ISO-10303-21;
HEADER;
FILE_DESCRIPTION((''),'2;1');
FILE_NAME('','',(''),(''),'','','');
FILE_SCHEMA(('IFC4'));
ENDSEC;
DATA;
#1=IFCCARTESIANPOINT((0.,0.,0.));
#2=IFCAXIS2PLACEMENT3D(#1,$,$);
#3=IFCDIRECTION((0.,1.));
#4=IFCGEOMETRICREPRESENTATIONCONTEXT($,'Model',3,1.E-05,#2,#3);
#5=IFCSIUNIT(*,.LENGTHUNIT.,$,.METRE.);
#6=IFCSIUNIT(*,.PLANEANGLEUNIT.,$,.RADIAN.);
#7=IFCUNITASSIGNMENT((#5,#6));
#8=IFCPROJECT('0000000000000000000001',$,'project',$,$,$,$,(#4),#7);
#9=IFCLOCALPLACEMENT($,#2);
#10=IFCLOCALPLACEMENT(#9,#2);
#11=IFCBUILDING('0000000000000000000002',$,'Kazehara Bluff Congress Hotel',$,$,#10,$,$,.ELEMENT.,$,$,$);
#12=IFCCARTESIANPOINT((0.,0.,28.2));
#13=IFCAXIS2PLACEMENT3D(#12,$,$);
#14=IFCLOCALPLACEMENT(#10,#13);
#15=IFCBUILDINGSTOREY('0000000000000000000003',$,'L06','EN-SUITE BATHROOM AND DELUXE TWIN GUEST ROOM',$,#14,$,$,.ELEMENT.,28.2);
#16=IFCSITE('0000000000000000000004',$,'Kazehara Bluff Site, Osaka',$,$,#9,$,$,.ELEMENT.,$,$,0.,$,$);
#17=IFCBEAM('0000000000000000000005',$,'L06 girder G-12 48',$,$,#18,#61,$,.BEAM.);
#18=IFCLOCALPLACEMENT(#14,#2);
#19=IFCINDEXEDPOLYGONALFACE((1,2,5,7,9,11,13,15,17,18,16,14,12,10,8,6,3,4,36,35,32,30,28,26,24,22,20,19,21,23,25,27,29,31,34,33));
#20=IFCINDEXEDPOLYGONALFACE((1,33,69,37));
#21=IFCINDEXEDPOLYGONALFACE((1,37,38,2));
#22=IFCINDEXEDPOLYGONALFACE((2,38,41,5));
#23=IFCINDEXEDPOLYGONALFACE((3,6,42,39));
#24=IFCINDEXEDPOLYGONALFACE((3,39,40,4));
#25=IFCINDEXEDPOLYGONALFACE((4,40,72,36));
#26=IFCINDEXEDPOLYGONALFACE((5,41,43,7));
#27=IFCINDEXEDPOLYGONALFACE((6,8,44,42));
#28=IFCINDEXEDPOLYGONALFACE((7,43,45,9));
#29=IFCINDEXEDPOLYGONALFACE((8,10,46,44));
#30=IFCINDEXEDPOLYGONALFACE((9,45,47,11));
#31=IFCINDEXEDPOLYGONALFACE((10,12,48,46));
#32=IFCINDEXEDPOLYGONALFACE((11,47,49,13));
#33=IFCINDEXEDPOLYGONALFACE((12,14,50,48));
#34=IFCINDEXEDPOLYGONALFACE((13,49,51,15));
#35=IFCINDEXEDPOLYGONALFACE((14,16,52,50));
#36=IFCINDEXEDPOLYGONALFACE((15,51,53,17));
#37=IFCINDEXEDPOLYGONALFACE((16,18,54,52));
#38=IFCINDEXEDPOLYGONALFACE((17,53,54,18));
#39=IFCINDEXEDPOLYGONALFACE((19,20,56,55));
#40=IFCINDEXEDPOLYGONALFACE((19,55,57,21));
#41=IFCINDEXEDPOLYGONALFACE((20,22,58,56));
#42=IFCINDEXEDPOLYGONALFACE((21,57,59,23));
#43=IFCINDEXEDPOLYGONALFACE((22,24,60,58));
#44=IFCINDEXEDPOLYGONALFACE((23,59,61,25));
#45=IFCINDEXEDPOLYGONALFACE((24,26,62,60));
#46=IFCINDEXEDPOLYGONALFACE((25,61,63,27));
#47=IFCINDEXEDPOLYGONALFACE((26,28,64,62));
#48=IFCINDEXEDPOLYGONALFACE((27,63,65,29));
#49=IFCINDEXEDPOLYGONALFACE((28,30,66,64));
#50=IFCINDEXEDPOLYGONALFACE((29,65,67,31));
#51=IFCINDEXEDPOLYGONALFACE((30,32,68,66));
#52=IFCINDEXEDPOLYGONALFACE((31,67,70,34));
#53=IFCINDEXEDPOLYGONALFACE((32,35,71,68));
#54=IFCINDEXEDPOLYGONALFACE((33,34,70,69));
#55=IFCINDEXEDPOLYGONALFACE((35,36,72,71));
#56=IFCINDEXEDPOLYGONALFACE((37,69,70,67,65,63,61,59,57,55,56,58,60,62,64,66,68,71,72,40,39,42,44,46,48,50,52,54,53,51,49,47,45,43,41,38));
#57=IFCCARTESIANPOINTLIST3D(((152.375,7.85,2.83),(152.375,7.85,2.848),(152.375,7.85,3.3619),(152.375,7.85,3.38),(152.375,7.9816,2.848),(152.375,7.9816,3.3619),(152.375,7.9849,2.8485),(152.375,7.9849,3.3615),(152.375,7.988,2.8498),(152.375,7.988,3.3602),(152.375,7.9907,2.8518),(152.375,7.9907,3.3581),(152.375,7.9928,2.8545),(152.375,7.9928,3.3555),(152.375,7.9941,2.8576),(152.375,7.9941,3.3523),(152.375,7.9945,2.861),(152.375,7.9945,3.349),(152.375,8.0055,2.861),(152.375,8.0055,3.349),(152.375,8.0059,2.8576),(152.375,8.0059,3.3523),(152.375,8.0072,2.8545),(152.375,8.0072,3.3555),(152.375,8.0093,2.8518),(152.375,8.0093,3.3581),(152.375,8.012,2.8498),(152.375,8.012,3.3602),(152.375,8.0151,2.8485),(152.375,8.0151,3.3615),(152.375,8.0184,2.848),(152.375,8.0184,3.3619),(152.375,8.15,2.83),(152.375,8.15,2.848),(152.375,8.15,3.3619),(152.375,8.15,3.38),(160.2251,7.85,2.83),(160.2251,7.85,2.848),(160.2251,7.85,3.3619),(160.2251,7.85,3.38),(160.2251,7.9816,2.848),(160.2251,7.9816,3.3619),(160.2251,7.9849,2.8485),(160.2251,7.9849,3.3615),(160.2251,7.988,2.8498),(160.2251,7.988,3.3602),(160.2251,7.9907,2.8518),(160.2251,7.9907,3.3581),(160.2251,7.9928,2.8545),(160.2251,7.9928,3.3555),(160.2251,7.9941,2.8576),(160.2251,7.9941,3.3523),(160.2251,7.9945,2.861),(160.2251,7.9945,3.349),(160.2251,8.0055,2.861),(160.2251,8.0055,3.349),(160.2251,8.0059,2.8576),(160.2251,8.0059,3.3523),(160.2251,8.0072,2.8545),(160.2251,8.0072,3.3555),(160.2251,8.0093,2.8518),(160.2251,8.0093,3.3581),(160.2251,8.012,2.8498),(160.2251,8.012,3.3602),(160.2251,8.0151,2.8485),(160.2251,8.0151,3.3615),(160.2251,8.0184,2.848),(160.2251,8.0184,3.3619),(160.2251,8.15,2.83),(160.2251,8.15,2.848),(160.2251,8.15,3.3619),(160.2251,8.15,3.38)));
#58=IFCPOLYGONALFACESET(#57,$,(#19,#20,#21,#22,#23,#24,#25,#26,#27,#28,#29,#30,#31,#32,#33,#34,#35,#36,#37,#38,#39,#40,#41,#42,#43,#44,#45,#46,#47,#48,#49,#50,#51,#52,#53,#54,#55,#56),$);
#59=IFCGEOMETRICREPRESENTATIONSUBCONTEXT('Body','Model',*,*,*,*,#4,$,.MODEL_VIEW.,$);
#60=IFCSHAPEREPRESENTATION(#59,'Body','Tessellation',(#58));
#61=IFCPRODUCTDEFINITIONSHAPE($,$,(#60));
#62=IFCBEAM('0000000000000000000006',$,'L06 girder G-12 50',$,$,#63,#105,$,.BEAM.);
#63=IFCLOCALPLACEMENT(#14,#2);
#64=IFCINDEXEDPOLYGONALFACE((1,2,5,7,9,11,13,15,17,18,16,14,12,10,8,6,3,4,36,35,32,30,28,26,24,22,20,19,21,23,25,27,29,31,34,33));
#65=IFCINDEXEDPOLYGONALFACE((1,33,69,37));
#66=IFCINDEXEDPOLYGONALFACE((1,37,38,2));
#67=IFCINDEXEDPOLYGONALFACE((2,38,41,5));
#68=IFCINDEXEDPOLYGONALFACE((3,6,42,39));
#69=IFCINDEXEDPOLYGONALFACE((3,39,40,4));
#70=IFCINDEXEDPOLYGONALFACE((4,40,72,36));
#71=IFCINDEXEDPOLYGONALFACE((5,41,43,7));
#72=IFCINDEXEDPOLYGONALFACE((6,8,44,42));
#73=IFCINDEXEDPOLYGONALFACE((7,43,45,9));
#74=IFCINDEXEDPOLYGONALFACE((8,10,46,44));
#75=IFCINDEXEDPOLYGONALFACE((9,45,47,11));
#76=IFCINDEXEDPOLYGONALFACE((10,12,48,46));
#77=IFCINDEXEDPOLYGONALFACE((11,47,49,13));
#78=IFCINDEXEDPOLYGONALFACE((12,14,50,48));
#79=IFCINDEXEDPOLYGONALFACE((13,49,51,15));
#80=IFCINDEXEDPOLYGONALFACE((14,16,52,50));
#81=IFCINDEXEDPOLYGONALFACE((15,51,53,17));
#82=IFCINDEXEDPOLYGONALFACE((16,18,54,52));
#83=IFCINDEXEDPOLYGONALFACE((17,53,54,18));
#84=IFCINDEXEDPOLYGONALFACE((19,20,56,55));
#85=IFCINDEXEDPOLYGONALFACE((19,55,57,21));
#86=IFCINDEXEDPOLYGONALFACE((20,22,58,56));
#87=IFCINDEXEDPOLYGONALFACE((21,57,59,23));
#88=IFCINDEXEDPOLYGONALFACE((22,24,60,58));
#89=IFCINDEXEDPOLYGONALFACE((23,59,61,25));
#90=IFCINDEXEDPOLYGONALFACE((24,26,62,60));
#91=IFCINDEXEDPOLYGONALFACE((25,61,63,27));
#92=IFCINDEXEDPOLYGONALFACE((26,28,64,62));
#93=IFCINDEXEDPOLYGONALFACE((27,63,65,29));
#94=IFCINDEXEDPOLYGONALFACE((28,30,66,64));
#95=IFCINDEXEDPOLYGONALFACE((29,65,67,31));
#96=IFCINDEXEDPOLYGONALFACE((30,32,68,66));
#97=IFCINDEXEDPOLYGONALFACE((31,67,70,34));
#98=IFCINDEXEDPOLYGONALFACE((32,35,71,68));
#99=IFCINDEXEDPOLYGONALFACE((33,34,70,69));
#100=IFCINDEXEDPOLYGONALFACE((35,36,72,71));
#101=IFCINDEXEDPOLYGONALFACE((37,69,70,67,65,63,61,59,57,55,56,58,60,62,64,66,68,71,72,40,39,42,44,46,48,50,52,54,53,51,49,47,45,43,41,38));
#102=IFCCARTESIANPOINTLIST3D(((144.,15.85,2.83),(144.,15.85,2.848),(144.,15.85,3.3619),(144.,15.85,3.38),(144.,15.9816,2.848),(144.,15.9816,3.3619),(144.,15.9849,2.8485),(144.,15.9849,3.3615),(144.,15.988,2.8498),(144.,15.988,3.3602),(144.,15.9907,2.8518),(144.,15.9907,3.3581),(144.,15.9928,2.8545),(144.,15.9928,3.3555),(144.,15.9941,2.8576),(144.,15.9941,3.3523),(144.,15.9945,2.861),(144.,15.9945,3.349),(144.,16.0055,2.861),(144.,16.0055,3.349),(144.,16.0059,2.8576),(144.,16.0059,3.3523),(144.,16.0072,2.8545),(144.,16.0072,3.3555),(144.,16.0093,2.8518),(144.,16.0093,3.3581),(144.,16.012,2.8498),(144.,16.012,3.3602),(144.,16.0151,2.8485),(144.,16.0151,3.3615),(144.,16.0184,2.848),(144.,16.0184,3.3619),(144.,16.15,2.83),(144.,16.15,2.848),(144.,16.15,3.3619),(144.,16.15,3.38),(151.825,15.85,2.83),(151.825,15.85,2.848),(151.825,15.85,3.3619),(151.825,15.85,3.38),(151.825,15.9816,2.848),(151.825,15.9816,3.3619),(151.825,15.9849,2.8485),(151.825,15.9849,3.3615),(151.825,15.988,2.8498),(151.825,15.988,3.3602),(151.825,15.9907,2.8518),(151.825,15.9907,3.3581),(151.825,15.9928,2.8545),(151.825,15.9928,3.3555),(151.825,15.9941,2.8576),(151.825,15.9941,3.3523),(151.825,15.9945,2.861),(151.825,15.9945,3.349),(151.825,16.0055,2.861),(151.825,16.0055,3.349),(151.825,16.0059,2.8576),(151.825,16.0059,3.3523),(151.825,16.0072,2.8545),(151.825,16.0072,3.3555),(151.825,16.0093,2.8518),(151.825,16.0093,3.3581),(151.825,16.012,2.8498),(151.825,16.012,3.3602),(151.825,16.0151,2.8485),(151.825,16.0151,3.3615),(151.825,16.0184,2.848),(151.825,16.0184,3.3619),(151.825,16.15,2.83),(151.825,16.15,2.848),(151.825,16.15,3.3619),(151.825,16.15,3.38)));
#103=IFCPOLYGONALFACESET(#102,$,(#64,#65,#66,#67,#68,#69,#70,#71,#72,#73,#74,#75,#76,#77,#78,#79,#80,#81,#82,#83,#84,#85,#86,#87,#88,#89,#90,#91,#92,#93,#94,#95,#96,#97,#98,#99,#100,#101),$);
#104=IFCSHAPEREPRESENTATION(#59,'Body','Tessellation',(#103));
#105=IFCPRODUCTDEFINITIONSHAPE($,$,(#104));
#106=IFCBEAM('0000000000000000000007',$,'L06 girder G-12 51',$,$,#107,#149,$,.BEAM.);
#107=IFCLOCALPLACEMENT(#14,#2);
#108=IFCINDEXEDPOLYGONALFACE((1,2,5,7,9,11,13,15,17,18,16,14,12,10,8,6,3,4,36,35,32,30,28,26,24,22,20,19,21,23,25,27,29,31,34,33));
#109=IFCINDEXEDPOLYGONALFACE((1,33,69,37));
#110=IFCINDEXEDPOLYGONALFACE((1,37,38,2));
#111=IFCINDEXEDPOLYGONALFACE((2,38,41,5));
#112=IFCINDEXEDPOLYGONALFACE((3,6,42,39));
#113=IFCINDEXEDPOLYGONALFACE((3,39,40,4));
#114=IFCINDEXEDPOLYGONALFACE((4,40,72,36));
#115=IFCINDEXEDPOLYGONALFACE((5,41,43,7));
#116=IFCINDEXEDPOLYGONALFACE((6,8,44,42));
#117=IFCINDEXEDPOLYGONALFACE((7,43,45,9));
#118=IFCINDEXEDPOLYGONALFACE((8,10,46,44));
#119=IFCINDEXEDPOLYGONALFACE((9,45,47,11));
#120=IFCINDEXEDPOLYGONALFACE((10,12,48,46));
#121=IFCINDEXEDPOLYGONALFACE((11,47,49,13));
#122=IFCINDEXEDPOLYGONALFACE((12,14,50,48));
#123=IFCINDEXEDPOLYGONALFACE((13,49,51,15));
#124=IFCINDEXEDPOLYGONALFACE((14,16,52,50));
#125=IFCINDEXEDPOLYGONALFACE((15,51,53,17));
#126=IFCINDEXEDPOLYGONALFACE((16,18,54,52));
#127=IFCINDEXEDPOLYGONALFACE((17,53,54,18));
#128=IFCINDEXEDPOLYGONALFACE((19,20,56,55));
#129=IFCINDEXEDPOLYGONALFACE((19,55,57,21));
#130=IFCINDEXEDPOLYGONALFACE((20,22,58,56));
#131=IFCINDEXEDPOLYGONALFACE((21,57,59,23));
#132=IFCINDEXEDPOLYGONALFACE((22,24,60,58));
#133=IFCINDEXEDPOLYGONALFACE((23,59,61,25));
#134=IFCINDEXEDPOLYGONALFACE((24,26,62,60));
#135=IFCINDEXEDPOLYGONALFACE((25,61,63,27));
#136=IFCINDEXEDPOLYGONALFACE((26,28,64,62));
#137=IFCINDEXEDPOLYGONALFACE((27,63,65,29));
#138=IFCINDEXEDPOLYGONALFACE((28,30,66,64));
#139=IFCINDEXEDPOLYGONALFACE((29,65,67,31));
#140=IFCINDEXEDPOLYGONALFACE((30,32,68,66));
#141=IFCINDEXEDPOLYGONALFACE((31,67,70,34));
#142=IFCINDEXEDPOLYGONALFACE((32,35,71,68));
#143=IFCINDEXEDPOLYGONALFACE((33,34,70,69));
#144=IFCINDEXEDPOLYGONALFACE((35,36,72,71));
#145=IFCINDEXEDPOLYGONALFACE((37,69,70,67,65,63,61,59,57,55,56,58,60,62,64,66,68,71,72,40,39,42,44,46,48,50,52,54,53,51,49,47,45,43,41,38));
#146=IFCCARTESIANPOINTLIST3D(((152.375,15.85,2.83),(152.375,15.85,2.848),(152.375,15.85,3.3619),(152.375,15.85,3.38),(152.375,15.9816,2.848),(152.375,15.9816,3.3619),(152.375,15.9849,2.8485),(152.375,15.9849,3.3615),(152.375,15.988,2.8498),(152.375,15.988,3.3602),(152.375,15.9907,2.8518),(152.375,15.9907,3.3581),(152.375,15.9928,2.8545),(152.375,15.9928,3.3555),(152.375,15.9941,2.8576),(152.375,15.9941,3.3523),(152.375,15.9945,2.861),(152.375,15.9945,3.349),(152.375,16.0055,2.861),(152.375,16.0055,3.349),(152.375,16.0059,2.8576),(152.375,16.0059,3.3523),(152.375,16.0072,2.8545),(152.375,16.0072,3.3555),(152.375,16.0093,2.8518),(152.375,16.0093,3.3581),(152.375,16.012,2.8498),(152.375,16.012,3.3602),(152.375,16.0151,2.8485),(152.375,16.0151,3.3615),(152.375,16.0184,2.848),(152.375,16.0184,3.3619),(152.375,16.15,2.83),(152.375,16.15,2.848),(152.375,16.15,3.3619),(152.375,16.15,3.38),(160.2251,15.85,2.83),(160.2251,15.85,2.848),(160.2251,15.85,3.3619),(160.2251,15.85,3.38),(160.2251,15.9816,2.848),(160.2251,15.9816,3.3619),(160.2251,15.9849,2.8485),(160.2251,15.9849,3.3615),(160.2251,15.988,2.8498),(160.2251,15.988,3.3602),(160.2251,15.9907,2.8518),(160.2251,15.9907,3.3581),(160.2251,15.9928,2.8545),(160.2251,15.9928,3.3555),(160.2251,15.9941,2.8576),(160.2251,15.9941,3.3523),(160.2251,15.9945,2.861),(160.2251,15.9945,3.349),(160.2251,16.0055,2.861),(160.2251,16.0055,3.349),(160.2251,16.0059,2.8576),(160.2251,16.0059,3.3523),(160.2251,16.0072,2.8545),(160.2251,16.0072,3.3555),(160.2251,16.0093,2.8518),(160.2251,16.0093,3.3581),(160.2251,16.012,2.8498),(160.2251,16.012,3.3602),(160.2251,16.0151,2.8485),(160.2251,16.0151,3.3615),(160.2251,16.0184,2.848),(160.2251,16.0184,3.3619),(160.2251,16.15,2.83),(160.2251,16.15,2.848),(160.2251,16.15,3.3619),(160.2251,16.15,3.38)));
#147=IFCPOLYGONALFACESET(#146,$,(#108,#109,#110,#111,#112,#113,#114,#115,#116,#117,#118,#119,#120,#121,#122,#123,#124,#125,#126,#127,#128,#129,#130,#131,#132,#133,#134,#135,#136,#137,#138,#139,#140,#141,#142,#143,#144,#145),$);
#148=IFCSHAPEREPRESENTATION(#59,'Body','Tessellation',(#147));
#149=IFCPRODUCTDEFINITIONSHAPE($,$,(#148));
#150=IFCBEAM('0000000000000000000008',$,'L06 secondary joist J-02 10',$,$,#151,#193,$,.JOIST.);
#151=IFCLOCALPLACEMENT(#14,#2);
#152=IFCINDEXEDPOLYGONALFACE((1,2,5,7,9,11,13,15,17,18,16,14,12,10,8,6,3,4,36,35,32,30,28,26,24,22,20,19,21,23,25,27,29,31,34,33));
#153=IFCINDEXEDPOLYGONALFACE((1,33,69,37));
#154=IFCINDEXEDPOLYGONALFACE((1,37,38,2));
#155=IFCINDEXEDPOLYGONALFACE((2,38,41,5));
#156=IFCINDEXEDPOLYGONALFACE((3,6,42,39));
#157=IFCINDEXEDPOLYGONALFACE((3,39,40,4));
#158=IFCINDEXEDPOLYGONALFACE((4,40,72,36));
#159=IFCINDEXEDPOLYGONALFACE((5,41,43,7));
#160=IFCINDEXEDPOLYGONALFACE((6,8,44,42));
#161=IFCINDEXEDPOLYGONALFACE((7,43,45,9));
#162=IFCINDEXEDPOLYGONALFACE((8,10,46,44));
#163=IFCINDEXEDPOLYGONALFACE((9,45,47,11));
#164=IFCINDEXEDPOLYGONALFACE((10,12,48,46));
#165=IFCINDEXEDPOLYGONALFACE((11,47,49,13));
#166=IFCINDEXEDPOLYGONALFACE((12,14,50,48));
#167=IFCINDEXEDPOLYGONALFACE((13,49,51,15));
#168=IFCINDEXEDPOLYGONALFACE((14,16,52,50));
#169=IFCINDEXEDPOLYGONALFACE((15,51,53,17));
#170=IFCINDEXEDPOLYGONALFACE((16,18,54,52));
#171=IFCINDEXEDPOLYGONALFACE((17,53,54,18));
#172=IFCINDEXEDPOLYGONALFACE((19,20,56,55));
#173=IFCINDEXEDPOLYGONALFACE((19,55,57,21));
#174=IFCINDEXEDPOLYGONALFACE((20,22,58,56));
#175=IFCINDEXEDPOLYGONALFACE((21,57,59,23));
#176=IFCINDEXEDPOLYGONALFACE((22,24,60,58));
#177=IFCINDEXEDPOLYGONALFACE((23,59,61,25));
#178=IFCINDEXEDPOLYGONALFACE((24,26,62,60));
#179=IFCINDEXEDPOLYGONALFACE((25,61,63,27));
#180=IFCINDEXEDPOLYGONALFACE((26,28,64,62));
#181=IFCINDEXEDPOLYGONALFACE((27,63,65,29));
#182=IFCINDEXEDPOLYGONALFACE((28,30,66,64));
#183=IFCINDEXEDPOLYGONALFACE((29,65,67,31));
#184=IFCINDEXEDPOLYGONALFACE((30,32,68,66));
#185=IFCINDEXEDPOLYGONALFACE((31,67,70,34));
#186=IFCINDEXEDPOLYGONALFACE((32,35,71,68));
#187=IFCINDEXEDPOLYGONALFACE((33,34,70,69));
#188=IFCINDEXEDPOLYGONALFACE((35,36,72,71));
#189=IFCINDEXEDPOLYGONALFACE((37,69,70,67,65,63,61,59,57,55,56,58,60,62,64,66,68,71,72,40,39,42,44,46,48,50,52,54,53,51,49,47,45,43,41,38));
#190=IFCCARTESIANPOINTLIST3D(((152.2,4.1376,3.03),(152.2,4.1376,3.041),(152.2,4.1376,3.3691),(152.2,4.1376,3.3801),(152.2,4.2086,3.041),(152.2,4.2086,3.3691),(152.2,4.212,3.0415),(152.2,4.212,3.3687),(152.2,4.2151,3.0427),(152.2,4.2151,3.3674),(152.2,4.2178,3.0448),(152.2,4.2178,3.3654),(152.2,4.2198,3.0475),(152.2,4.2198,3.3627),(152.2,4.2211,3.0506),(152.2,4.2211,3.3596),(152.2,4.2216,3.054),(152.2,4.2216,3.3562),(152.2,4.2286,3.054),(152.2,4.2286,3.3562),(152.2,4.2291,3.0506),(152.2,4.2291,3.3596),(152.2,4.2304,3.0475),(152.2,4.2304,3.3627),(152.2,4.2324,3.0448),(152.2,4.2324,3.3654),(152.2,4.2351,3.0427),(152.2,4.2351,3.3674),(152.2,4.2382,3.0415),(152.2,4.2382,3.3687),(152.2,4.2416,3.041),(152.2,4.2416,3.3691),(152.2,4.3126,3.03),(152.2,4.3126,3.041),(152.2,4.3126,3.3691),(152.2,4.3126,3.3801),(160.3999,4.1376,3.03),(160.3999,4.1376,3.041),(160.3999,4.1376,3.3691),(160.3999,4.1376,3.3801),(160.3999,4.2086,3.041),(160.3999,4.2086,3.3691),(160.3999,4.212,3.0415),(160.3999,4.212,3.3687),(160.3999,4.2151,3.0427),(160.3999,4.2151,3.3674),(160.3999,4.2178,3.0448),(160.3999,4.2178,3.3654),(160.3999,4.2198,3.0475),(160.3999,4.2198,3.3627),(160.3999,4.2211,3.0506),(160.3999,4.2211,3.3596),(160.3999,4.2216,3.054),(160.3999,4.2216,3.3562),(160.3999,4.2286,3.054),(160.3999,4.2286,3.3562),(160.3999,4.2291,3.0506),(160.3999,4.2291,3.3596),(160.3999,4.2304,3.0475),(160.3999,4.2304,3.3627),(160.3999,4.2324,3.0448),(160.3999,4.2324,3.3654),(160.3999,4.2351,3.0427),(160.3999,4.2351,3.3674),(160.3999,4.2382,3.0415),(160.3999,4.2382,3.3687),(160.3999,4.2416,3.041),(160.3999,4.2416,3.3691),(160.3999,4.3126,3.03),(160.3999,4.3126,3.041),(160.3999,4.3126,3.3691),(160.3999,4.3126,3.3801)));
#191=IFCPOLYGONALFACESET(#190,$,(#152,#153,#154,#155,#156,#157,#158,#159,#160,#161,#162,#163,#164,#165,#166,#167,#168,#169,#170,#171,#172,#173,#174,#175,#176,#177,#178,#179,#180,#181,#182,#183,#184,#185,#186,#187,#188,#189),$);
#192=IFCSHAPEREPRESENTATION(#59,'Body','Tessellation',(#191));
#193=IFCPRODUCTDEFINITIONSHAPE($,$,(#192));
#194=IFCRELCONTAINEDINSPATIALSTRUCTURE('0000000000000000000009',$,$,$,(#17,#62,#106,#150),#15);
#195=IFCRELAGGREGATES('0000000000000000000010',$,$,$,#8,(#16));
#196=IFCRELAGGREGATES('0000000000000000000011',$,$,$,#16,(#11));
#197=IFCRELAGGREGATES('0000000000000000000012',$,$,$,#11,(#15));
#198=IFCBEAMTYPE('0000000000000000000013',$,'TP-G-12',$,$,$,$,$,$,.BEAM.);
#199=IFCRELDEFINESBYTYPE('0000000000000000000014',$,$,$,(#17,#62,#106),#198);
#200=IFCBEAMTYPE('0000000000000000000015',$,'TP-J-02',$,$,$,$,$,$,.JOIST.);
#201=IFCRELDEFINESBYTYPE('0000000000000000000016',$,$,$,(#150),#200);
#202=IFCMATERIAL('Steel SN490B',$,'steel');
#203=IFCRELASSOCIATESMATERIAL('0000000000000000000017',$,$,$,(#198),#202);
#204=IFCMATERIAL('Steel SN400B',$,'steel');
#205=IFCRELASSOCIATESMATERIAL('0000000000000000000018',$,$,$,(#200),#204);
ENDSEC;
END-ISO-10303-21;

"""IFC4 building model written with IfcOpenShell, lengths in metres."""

from ifc_helpers import new_model, si_unit, direction, frame, origin, origin_2d, place, context, subcontext, project, spatial, i_section, extrude, material, material_profile, profile_set, type_object, element, save


model = new_model("IFC4")

# Units and contexts
model_context = context("Model", 3, precision=1e-05, world=origin(), true_north=direction((0.0, 1.0)))
body_context = subcontext(model_context, "Body", "Model", "MODEL_VIEW")
ifc_project = project(units=[si_unit("LENGTHUNIT", "METRE"), si_unit("PLANEANGLEUNIT", "RADIAN")], contexts=[model_context])

# Site, building, storey
site_placement = place(None, origin())
site = spatial("IfcSite", under=ifc_project, at=site_placement, Name="Kazehara Bluff Site, Osaka", CompositionType="ELEMENT", RefElevation=0.0)
building_placement = place(site_placement, origin())
building = spatial("IfcBuilding", under=site, at=building_placement, Name="Kazehara Bluff Congress Hotel", CompositionType="ELEMENT")
storey_placement = place(building_placement, frame((0.0, 0.0, 28.2)))
storey = spatial("IfcBuildingStorey", under=building, at=storey_placement, Name="L06", Description="EN-SUITE BATHROOM AND DELUXE TWIN GUEST ROOM", CompositionType="ELEMENT", Elevation=28.2)

# Beams
ifc_material_1 = material(Name="Steel SN490B", Category="steel")
ifc_material_profile_1 = material_profile(ifc_material_1, i_section(OverallWidth=0.3, OverallDepth=0.55, WebThickness=0.011, FlangeThickness=0.0181, FilletRadius=0.0129, at=origin_2d()))
ifc_profile_set_1 = profile_set([ifc_material_profile_1], Name="Steel SN490B")
beam_type_1 = type_object("IfcBeamType", Name="TP-G-12", PredefinedType="BEAM", material=ifc_profile_set_1)
beam_1_placement = place(storey_placement, frame((152.375, 8.0, 3.105), z_axis=(1.0, 0.0, 0.0), x_axis=(0.0, 1.0, 0.0)))
element("IfcBeam", 1, at=beam_1_placement, inside=storey, type_object=beam_type_1, Name="L06 girder G-12 48", PredefinedType="BEAM", context=body_context, shape_type="SweptSolid", body=[
    extrude(i_section(OverallWidth=0.3, OverallDepth=0.55, WebThickness=0.011, FlangeThickness=0.0181, FilletRadius=0.0129, at=origin_2d()), origin(), (0.0, 0.0, 1.0), 7.8501),
])
beam_2_placement = place(storey_placement, frame((144.0, 16.0, 3.105), z_axis=(1.0, 0.0, 0.0), x_axis=(0.0, 1.0, 0.0)))
element("IfcBeam", 2, at=beam_2_placement, inside=storey, type_object=beam_type_1, Name="L06 girder G-12 50", PredefinedType="BEAM", context=body_context, shape_type="SweptSolid", body=[
    extrude(i_section(OverallWidth=0.3, OverallDepth=0.55, WebThickness=0.011, FlangeThickness=0.0181, FilletRadius=0.0129, at=origin_2d()), origin(), (0.0, 0.0, 1.0), 7.825),
])
beam_3_placement = place(storey_placement, frame((152.375, 16.0, 3.105), z_axis=(1.0, 0.0, 0.0), x_axis=(0.0, 1.0, 0.0)))
element("IfcBeam", 3, at=beam_3_placement, inside=storey, type_object=beam_type_1, Name="L06 girder G-12 51", PredefinedType="BEAM", context=body_context, shape_type="SweptSolid", body=[
    extrude(i_section(OverallWidth=0.3, OverallDepth=0.55, WebThickness=0.011, FlangeThickness=0.0181, FilletRadius=0.0129, at=origin_2d()), origin(), (0.0, 0.0, 1.0), 7.8501),
])
ifc_material_2 = material(Name="Steel SN400B", Category="steel")
ifc_material_profile_2 = material_profile(ifc_material_2, i_section(OverallWidth=0.175, OverallDepth=0.3501, WebThickness=0.0071, FlangeThickness=0.011, FilletRadius=0.0129, at=origin_2d()))
ifc_profile_set_2 = profile_set([ifc_material_profile_2], Name="Steel SN400B")
beam_type_2 = type_object("IfcBeamType", Name="TP-J-02", PredefinedType="JOIST", material=ifc_profile_set_2)
for number, where, z_axis, x_axis, name in (
    (4, (152.2, 4.2251, 3.2051), (1.0, 0.0, 0.0), (0.0, 1.0, 0.0), "L06 secondary joist J-02 10"),
):
    element("IfcBeam", number, at=place(storey_placement, frame(where, z_axis=z_axis, x_axis=x_axis)), inside=storey, type_object=beam_type_2, Name=name, PredefinedType="JOIST", context=body_context, shape_type="SweptSolid", body=[
        extrude(i_section(OverallWidth=0.175, OverallDepth=0.3501, WebThickness=0.0071, FlangeThickness=0.011, FilletRadius=0.0129, at=origin_2d()), origin(), (0.0, 0.0, 1.0), 8.2),
    ])

save(model, "model.ifc")
